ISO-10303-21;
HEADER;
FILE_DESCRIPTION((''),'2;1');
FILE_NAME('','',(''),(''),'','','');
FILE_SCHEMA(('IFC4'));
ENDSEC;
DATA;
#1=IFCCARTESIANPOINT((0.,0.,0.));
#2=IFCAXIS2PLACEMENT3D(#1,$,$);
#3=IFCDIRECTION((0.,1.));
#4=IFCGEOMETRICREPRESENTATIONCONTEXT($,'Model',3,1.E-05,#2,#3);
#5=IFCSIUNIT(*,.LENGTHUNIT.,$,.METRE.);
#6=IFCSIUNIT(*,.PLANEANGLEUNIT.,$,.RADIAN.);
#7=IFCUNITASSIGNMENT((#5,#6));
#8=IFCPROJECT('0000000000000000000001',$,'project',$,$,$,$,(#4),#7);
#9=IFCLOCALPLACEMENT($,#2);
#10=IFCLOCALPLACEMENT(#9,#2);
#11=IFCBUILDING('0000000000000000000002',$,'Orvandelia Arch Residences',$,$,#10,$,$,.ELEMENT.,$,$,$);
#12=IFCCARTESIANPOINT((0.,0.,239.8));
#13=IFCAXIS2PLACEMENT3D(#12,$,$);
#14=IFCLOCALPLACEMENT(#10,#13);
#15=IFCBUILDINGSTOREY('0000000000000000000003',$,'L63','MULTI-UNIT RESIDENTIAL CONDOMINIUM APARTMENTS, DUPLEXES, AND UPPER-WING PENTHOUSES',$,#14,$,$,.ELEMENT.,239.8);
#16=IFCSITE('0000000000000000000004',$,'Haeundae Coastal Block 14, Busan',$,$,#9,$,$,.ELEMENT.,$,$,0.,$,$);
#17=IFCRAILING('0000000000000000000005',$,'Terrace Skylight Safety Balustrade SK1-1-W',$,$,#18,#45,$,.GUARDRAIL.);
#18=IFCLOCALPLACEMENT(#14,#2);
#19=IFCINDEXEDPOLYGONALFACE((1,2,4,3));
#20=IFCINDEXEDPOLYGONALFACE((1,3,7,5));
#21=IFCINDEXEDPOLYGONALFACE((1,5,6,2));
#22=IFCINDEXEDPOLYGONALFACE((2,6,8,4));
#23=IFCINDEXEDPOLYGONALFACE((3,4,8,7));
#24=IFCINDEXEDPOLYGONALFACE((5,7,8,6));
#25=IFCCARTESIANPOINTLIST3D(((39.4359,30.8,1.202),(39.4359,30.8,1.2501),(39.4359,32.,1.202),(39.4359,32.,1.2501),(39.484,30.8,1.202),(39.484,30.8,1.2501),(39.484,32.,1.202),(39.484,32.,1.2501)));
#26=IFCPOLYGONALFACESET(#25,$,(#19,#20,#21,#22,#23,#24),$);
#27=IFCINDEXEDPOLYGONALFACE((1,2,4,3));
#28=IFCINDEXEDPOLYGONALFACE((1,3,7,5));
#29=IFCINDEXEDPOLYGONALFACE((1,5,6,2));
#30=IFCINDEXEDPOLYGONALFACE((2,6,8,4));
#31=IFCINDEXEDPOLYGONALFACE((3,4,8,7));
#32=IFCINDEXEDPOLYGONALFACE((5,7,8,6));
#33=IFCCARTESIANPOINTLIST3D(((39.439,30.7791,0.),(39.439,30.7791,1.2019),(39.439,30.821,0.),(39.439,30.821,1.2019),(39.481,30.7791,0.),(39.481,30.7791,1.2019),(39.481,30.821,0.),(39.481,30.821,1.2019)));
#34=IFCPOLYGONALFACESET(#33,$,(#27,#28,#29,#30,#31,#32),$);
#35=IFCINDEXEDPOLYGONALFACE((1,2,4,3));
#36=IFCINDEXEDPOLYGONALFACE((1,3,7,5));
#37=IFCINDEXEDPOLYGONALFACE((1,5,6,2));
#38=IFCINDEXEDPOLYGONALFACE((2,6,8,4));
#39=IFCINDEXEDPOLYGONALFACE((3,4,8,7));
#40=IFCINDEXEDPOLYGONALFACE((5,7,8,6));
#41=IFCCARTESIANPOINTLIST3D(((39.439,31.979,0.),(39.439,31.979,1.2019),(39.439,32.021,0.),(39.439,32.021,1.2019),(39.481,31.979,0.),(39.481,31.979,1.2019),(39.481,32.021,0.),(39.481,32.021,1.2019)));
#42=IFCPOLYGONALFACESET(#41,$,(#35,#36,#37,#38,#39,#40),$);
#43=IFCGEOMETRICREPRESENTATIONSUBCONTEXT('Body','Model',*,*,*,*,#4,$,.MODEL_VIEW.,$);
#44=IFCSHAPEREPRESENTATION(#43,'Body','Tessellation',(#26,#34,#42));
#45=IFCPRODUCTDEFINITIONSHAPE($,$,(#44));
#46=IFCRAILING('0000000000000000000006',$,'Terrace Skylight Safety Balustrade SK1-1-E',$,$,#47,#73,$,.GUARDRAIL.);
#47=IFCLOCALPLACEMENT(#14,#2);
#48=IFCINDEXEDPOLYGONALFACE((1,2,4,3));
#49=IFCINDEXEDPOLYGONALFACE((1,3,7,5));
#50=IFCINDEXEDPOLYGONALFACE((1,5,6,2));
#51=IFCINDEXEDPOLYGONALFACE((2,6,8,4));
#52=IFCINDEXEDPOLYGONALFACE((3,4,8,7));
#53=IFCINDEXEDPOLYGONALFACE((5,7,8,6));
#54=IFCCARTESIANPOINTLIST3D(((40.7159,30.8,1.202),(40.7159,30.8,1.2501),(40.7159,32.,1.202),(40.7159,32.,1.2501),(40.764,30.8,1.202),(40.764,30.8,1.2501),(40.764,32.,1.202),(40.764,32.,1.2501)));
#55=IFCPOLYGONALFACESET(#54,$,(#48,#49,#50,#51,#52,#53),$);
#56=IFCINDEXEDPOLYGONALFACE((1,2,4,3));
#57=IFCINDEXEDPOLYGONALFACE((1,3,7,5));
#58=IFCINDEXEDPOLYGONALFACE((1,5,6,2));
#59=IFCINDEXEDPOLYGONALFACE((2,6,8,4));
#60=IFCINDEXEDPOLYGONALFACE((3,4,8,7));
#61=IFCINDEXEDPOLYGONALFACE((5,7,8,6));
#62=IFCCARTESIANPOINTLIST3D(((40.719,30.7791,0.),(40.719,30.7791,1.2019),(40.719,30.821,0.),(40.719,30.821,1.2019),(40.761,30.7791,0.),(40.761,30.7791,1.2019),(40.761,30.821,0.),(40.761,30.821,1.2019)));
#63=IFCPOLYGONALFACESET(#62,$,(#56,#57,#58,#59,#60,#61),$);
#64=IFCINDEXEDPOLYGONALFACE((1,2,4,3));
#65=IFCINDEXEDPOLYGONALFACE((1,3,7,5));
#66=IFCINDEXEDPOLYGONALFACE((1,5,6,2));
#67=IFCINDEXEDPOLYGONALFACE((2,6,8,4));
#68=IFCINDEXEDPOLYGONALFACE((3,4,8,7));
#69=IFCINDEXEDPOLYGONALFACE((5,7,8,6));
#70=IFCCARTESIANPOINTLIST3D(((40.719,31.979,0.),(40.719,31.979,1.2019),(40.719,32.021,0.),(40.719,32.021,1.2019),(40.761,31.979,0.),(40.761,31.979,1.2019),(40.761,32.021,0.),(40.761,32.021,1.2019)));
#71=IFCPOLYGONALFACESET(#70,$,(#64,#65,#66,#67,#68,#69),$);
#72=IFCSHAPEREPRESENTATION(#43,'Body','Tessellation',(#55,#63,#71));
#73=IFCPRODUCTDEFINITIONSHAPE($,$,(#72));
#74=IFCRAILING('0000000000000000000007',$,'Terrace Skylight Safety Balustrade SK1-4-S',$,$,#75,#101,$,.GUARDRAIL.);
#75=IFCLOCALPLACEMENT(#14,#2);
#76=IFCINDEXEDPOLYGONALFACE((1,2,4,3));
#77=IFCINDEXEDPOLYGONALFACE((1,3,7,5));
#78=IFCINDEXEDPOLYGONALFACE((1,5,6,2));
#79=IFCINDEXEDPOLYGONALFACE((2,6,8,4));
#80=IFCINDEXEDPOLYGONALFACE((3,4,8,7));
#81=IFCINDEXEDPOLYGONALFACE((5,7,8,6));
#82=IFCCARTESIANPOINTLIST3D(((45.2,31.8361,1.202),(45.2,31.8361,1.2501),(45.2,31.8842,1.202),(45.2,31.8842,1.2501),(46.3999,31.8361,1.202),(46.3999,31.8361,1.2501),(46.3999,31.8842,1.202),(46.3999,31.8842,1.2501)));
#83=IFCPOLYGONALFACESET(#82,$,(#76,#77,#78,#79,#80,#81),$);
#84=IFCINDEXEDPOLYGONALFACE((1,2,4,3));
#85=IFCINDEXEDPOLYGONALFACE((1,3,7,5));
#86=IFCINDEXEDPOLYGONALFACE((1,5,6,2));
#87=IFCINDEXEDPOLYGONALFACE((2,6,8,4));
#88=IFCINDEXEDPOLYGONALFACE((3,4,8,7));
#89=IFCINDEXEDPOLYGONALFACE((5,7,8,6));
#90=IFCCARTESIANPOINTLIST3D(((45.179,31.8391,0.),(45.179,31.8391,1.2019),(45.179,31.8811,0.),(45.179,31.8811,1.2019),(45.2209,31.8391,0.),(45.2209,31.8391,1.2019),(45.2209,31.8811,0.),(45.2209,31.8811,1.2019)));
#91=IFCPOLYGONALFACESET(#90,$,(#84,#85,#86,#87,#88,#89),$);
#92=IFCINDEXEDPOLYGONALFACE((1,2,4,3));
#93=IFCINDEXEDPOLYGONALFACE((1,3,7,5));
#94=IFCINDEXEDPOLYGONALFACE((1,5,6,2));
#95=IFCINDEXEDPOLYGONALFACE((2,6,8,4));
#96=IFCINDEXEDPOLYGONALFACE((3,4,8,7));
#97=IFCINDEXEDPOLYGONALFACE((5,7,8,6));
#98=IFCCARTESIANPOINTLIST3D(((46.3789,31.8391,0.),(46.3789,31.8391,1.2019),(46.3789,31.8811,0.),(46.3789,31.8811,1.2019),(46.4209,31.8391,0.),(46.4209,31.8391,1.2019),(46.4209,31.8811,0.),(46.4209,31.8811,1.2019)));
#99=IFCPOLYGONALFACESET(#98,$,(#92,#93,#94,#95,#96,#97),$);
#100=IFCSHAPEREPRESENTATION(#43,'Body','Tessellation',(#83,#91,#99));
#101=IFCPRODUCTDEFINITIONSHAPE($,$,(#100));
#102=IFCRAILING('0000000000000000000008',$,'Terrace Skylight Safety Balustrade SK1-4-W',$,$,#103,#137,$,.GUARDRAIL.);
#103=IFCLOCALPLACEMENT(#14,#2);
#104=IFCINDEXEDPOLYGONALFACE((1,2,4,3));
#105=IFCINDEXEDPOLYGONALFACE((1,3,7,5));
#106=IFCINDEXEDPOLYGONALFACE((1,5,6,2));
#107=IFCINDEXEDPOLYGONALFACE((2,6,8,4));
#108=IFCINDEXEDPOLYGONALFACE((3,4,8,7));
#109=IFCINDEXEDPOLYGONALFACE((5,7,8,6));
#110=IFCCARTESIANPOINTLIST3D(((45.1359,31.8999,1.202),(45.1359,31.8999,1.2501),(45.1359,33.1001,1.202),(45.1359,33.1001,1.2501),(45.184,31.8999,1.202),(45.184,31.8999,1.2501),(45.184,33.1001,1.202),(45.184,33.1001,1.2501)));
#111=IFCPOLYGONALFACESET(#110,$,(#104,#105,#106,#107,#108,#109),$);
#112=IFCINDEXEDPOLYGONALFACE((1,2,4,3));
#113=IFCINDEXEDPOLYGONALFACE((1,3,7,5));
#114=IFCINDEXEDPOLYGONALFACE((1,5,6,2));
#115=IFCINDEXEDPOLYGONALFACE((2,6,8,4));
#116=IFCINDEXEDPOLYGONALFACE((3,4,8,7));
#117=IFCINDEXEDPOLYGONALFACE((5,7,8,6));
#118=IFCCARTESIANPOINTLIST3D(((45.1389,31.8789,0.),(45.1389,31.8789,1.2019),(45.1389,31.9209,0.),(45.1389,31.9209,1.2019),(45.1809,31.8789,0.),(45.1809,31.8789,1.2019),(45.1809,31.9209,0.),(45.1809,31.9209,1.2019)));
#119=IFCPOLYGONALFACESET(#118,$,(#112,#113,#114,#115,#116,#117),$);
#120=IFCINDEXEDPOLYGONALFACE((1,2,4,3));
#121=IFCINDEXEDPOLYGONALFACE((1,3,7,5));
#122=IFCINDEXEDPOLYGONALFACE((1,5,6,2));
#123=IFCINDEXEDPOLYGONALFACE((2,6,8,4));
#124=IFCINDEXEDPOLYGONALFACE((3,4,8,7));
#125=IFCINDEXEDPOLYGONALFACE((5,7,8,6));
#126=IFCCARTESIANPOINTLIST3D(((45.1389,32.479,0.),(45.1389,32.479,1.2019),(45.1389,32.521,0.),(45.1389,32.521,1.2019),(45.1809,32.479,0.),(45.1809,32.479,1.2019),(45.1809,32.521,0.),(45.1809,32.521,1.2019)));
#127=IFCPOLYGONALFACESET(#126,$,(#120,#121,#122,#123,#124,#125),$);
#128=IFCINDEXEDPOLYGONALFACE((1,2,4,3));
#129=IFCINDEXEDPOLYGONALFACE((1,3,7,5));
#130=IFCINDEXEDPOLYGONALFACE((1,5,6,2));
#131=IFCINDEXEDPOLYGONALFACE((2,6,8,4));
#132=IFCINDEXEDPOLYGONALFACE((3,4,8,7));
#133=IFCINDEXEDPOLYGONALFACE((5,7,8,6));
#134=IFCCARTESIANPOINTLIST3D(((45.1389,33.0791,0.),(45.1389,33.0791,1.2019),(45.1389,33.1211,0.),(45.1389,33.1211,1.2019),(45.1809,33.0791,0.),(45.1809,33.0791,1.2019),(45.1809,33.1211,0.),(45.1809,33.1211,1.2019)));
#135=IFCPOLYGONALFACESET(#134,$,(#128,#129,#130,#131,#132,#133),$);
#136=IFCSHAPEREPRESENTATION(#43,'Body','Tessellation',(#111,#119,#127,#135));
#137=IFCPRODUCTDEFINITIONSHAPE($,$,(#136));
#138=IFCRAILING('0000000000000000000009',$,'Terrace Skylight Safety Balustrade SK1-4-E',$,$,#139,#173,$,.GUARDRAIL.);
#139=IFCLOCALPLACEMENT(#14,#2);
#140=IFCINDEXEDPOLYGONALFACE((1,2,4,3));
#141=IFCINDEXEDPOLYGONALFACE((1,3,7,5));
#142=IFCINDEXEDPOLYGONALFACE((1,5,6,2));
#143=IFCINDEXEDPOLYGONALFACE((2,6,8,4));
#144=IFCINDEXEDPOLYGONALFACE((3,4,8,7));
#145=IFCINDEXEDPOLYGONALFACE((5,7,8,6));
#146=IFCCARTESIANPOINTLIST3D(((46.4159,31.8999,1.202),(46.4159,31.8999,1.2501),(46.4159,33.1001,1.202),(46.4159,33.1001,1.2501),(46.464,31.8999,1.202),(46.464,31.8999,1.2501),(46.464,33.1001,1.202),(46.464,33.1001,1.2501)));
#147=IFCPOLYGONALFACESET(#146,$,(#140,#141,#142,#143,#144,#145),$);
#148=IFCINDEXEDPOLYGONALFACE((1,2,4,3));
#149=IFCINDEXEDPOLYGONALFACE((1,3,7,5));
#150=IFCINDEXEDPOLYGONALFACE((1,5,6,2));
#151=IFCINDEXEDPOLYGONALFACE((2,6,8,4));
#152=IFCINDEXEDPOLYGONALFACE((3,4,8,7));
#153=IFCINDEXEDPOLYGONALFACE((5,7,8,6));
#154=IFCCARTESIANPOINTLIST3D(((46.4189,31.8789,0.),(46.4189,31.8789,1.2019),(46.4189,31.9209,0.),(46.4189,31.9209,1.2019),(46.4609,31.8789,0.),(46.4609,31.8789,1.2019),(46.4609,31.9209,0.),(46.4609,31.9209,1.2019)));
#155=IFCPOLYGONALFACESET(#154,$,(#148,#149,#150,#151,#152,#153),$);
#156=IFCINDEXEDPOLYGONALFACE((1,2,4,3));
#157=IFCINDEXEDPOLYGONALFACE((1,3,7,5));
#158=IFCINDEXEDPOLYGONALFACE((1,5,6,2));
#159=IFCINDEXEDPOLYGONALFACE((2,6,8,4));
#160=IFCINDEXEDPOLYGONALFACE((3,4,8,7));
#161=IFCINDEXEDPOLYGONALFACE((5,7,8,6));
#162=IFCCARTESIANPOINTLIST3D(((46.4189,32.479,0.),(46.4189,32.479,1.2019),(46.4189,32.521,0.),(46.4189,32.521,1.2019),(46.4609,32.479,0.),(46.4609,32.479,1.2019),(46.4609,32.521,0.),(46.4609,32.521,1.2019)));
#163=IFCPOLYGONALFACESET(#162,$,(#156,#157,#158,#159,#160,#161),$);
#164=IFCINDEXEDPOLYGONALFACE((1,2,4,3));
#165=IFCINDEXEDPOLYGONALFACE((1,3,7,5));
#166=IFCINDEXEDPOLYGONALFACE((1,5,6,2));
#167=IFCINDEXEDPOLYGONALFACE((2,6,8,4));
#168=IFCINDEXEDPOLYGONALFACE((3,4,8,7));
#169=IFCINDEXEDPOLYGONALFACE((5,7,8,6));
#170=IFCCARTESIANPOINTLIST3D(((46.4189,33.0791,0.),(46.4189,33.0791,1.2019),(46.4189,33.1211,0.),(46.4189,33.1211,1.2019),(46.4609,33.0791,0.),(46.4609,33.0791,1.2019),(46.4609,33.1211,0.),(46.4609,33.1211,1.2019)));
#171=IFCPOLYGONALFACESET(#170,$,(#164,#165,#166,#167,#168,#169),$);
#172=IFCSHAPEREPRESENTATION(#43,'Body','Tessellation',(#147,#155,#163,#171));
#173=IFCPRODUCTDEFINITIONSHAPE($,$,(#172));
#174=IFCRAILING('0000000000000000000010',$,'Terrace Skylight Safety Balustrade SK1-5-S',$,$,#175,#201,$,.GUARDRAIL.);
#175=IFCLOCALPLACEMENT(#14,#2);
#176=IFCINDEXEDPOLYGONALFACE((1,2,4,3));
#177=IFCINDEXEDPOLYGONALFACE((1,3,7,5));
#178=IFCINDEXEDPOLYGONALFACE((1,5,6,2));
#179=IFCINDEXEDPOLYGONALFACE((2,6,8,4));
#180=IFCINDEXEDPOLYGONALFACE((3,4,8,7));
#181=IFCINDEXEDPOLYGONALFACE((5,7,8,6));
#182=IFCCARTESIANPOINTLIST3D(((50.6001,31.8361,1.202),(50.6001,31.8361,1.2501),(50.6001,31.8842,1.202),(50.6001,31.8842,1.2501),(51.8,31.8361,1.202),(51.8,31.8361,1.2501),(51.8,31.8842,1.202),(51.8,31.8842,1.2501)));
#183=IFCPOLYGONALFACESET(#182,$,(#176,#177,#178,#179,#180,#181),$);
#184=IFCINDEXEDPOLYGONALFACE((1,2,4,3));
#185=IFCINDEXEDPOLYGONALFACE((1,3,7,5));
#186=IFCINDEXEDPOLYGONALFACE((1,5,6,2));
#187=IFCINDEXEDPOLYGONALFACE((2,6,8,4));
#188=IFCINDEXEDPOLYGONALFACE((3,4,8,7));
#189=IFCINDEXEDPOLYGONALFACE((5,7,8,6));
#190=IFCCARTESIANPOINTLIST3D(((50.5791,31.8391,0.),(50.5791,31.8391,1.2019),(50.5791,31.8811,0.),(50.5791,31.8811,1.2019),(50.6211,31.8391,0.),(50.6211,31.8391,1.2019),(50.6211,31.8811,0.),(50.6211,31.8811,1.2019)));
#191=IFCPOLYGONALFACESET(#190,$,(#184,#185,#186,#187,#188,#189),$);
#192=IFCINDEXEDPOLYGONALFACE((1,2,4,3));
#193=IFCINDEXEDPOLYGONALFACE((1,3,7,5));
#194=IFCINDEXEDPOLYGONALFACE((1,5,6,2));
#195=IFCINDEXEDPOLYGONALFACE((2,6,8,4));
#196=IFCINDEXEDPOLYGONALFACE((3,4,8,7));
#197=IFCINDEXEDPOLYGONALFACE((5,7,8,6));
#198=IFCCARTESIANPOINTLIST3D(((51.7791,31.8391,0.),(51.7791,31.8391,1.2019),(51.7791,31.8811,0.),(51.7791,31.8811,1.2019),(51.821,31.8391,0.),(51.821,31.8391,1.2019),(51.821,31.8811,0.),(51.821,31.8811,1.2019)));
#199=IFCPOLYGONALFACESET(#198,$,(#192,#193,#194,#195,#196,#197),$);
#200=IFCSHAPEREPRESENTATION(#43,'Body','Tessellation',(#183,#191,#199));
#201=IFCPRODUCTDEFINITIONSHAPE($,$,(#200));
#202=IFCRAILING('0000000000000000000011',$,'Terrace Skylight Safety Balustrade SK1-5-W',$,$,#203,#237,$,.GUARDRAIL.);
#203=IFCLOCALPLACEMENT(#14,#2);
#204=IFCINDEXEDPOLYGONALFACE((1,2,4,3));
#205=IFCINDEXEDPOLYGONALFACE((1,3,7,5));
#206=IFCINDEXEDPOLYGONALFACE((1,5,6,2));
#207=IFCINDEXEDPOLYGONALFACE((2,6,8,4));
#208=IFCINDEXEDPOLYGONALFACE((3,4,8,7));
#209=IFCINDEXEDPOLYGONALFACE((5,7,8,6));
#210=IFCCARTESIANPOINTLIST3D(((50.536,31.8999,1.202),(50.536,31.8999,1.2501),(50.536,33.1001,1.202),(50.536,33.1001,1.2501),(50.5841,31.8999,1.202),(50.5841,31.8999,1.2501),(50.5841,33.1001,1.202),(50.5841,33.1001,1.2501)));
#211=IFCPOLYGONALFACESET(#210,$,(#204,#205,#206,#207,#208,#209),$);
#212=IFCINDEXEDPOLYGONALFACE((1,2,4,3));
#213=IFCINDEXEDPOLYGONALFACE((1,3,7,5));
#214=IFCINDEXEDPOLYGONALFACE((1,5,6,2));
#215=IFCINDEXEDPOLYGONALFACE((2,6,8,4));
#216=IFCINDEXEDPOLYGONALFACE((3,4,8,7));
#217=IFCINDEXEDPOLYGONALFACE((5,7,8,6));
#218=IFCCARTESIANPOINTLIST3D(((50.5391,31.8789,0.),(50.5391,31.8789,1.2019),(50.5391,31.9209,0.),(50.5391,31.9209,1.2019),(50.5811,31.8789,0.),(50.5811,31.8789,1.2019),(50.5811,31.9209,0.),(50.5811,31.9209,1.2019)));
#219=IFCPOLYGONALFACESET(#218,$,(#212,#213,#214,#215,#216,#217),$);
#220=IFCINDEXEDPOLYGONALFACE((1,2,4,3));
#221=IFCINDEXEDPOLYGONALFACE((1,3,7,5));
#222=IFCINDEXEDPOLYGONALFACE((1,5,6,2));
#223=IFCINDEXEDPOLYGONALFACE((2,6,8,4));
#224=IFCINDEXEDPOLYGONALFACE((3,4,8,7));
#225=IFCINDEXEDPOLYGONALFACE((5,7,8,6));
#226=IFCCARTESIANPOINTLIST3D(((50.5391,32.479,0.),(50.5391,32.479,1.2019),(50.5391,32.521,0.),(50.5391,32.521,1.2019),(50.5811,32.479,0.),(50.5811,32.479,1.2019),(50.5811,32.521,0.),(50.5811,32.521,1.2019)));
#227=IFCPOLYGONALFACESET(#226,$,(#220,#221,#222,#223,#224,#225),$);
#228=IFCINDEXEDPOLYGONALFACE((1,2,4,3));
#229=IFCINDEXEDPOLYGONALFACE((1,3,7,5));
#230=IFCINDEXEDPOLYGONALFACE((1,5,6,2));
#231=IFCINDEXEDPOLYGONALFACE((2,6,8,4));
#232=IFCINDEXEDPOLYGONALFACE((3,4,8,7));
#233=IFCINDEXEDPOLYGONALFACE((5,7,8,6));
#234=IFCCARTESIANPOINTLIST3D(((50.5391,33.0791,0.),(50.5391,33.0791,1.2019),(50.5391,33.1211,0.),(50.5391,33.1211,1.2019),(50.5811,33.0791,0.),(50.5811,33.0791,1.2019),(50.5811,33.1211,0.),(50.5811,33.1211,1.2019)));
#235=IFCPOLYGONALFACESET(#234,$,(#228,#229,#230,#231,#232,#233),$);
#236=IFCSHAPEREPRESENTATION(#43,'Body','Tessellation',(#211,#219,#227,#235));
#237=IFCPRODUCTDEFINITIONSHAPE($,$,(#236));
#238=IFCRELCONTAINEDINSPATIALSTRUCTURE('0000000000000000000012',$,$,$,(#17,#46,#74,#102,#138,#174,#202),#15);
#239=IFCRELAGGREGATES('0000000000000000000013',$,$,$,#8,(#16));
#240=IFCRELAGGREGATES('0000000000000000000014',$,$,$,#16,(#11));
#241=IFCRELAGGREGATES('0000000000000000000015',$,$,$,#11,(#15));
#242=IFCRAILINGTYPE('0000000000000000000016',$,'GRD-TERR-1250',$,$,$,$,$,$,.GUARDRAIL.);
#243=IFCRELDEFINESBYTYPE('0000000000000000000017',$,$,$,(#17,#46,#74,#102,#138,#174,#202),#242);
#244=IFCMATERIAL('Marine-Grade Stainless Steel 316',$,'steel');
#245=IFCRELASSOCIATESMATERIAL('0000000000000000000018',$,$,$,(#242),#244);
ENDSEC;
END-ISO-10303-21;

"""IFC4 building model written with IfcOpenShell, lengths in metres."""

from ifc_helpers import new_model, si_unit, direction, frame, origin, origin_2d, place, context, subcontext, project, spatial, rectangle, extrude, material, type_object, element, save


model = new_model("IFC4")

# Units and contexts
model_context = context("Model", 3, precision=1e-05, world=origin(), true_north=direction((0.0, 1.0)))
body_context = subcontext(model_context, "Body", "Model", "MODEL_VIEW")
ifc_project = project(units=[si_unit("LENGTHUNIT", "METRE"), si_unit("PLANEANGLEUNIT", "RADIAN")], contexts=[model_context])

# Site, building, storey
site_placement = place(None, origin())
site = spatial("IfcSite", under=ifc_project, at=site_placement, Name="Haeundae Coastal Block 14, Busan", CompositionType="ELEMENT", RefElevation=0.0)
building_placement = place(site_placement, origin())
building = spatial("IfcBuilding", under=site, at=building_placement, Name="Orvandelia Arch Residences", CompositionType="ELEMENT")
storey_placement = place(building_placement, frame((0.0, 0.0, 239.8)))
storey = spatial("IfcBuildingStorey", under=building, at=storey_placement, Name="L63", Description="MULTI-UNIT RESIDENTIAL CONDOMINIUM APARTMENTS, DUPLEXES, AND UPPER-WING PENTHOUSES", CompositionType="ELEMENT", Elevation=239.8)

# Railings
ifc_material_1 = material(Name="Marine-Grade Stainless Steel 316", Category="steel")
railing_type_1 = type_object("IfcRailingType", Name="GRD-TERR-1250", PredefinedType="GUARDRAIL", material=ifc_material_1)
for number, where, name in (
    (1, (39.46, 30.8, 0.0), "Terrace Skylight Safety Balustrade SK1-1-W"),
    (2, (40.74, 30.8, 0.0), "Terrace Skylight Safety Balustrade SK1-1-E"),
):
    element("IfcRailing", number, at=place(storey_placement, frame(where)), inside=storey, type_object=railing_type_1, Name=name, PredefinedType="GUARDRAIL", context=body_context, shape_type="SweptSolid", body=[
        extrude(rectangle(XDim=0.0481, YDim=0.0481, at=origin_2d()), frame((0.0, 0.0, 1.2261), z_axis=(0.0, 1.0, 0.0), x_axis=(-1.0, 0.0, 0.0)), (0.0, 0.0, 1.0), 1.2),
        extrude(rectangle(XDim=0.042, YDim=0.042, at=origin_2d()), origin(), (0.0, 0.0, 1.0), 1.2019),
        extrude(rectangle(XDim=0.042, YDim=0.042, at=origin_2d()), frame((0.0, 1.2, 0.0)), (0.0, 0.0, 1.0), 1.2019),
    ])
railing_1_placement = place(storey_placement, frame((45.2, 31.8601, 0.0)))
element("IfcRailing", 3, at=railing_1_placement, inside=storey, type_object=railing_type_1, Name="Terrace Skylight Safety Balustrade SK1-4-S", PredefinedType="GUARDRAIL", context=body_context, shape_type="SweptSolid", body=[
    extrude(rectangle(XDim=0.0481, YDim=0.0481, at=origin_2d()), frame((0.0, 0.0, 1.2261), z_axis=(1.0, 0.0, 0.0), x_axis=(0.0, 1.0, 0.0)), (0.0, 0.0, 1.0), 1.2),
    extrude(rectangle(XDim=0.042, YDim=0.042, at=origin_2d()), origin(), (0.0, 0.0, 1.0), 1.2019),
    extrude(rectangle(XDim=0.042, YDim=0.042, at=origin_2d()), frame((1.2, 0.0, 0.0)), (0.0, 0.0, 1.0), 1.2019),
])
for number, where, name in (
    (4, (45.1599, 31.8999, 0.0), "Terrace Skylight Safety Balustrade SK1-4-W"),
    (5, (46.4399, 31.8999, 0.0), "Terrace Skylight Safety Balustrade SK1-4-E"),
):
    element("IfcRailing", number, at=place(storey_placement, frame(where)), inside=storey, type_object=railing_type_1, Name=name, PredefinedType="GUARDRAIL", context=body_context, shape_type="SweptSolid", body=[
        extrude(rectangle(XDim=0.0481, YDim=0.0481, at=origin_2d()), frame((0.0, 0.0, 1.2261), z_axis=(0.0, 1.0, 0.0), x_axis=(-1.0, 0.0, 0.0)), (0.0, 0.0, 1.0), 1.2002),
        extrude(rectangle(XDim=0.042, YDim=0.042, at=origin_2d()), origin(), (0.0, 0.0, 1.0), 1.2019),
        extrude(rectangle(XDim=0.042, YDim=0.042, at=origin_2d()), frame((0.0, 0.6001, 0.0)), (0.0, 0.0, 1.0), 1.2019),
        extrude(rectangle(XDim=0.042, YDim=0.042, at=origin_2d()), frame((0.0, 1.2002, 0.0)), (0.0, 0.0, 1.0), 1.2019),
    ])
railing_2_placement = place(storey_placement, frame((50.6001, 31.8601, 0.0)))
element("IfcRailing", 6, at=railing_2_placement, inside=storey, type_object=railing_type_1, Name="Terrace Skylight Safety Balustrade SK1-5-S", PredefinedType="GUARDRAIL", context=body_context, shape_type="SweptSolid", body=[
    extrude(rectangle(XDim=0.0481, YDim=0.0481, at=origin_2d()), frame((0.0, 0.0, 1.2261), z_axis=(1.0, 0.0, 0.0), x_axis=(0.0, 1.0, 0.0)), (0.0, 0.0, 1.0), 1.2),
    extrude(rectangle(XDim=0.042, YDim=0.042, at=origin_2d()), origin(), (0.0, 0.0, 1.0), 1.2019),
    extrude(rectangle(XDim=0.042, YDim=0.042, at=origin_2d()), frame((1.2, 0.0, 0.0)), (0.0, 0.0, 1.0), 1.2019),
])
for number, where, name in (
    (7, (50.5601, 31.8999, 0.0), "Terrace Skylight Safety Balustrade SK1-5-W"),
):
    element("IfcRailing", number, at=place(storey_placement, frame(where)), inside=storey, type_object=railing_type_1, Name=name, PredefinedType="GUARDRAIL", context=body_context, shape_type="SweptSolid", body=[
        extrude(rectangle(XDim=0.0481, YDim=0.0481, at=origin_2d()), frame((0.0, 0.0, 1.2261), z_axis=(0.0, 1.0, 0.0), x_axis=(-1.0, 0.0, 0.0)), (0.0, 0.0, 1.0), 1.2002),
        extrude(rectangle(XDim=0.042, YDim=0.042, at=origin_2d()), origin(), (0.0, 0.0, 1.0), 1.2019),
        extrude(rectangle(XDim=0.042, YDim=0.042, at=origin_2d()), frame((0.0, 0.6001, 0.0)), (0.0, 0.0, 1.0), 1.2019),
        extrude(rectangle(XDim=0.042, YDim=0.042, at=origin_2d()), frame((0.0, 1.2002, 0.0)), (0.0, 0.0, 1.0), 1.2019),
    ])

save(model, "model.ifc")
